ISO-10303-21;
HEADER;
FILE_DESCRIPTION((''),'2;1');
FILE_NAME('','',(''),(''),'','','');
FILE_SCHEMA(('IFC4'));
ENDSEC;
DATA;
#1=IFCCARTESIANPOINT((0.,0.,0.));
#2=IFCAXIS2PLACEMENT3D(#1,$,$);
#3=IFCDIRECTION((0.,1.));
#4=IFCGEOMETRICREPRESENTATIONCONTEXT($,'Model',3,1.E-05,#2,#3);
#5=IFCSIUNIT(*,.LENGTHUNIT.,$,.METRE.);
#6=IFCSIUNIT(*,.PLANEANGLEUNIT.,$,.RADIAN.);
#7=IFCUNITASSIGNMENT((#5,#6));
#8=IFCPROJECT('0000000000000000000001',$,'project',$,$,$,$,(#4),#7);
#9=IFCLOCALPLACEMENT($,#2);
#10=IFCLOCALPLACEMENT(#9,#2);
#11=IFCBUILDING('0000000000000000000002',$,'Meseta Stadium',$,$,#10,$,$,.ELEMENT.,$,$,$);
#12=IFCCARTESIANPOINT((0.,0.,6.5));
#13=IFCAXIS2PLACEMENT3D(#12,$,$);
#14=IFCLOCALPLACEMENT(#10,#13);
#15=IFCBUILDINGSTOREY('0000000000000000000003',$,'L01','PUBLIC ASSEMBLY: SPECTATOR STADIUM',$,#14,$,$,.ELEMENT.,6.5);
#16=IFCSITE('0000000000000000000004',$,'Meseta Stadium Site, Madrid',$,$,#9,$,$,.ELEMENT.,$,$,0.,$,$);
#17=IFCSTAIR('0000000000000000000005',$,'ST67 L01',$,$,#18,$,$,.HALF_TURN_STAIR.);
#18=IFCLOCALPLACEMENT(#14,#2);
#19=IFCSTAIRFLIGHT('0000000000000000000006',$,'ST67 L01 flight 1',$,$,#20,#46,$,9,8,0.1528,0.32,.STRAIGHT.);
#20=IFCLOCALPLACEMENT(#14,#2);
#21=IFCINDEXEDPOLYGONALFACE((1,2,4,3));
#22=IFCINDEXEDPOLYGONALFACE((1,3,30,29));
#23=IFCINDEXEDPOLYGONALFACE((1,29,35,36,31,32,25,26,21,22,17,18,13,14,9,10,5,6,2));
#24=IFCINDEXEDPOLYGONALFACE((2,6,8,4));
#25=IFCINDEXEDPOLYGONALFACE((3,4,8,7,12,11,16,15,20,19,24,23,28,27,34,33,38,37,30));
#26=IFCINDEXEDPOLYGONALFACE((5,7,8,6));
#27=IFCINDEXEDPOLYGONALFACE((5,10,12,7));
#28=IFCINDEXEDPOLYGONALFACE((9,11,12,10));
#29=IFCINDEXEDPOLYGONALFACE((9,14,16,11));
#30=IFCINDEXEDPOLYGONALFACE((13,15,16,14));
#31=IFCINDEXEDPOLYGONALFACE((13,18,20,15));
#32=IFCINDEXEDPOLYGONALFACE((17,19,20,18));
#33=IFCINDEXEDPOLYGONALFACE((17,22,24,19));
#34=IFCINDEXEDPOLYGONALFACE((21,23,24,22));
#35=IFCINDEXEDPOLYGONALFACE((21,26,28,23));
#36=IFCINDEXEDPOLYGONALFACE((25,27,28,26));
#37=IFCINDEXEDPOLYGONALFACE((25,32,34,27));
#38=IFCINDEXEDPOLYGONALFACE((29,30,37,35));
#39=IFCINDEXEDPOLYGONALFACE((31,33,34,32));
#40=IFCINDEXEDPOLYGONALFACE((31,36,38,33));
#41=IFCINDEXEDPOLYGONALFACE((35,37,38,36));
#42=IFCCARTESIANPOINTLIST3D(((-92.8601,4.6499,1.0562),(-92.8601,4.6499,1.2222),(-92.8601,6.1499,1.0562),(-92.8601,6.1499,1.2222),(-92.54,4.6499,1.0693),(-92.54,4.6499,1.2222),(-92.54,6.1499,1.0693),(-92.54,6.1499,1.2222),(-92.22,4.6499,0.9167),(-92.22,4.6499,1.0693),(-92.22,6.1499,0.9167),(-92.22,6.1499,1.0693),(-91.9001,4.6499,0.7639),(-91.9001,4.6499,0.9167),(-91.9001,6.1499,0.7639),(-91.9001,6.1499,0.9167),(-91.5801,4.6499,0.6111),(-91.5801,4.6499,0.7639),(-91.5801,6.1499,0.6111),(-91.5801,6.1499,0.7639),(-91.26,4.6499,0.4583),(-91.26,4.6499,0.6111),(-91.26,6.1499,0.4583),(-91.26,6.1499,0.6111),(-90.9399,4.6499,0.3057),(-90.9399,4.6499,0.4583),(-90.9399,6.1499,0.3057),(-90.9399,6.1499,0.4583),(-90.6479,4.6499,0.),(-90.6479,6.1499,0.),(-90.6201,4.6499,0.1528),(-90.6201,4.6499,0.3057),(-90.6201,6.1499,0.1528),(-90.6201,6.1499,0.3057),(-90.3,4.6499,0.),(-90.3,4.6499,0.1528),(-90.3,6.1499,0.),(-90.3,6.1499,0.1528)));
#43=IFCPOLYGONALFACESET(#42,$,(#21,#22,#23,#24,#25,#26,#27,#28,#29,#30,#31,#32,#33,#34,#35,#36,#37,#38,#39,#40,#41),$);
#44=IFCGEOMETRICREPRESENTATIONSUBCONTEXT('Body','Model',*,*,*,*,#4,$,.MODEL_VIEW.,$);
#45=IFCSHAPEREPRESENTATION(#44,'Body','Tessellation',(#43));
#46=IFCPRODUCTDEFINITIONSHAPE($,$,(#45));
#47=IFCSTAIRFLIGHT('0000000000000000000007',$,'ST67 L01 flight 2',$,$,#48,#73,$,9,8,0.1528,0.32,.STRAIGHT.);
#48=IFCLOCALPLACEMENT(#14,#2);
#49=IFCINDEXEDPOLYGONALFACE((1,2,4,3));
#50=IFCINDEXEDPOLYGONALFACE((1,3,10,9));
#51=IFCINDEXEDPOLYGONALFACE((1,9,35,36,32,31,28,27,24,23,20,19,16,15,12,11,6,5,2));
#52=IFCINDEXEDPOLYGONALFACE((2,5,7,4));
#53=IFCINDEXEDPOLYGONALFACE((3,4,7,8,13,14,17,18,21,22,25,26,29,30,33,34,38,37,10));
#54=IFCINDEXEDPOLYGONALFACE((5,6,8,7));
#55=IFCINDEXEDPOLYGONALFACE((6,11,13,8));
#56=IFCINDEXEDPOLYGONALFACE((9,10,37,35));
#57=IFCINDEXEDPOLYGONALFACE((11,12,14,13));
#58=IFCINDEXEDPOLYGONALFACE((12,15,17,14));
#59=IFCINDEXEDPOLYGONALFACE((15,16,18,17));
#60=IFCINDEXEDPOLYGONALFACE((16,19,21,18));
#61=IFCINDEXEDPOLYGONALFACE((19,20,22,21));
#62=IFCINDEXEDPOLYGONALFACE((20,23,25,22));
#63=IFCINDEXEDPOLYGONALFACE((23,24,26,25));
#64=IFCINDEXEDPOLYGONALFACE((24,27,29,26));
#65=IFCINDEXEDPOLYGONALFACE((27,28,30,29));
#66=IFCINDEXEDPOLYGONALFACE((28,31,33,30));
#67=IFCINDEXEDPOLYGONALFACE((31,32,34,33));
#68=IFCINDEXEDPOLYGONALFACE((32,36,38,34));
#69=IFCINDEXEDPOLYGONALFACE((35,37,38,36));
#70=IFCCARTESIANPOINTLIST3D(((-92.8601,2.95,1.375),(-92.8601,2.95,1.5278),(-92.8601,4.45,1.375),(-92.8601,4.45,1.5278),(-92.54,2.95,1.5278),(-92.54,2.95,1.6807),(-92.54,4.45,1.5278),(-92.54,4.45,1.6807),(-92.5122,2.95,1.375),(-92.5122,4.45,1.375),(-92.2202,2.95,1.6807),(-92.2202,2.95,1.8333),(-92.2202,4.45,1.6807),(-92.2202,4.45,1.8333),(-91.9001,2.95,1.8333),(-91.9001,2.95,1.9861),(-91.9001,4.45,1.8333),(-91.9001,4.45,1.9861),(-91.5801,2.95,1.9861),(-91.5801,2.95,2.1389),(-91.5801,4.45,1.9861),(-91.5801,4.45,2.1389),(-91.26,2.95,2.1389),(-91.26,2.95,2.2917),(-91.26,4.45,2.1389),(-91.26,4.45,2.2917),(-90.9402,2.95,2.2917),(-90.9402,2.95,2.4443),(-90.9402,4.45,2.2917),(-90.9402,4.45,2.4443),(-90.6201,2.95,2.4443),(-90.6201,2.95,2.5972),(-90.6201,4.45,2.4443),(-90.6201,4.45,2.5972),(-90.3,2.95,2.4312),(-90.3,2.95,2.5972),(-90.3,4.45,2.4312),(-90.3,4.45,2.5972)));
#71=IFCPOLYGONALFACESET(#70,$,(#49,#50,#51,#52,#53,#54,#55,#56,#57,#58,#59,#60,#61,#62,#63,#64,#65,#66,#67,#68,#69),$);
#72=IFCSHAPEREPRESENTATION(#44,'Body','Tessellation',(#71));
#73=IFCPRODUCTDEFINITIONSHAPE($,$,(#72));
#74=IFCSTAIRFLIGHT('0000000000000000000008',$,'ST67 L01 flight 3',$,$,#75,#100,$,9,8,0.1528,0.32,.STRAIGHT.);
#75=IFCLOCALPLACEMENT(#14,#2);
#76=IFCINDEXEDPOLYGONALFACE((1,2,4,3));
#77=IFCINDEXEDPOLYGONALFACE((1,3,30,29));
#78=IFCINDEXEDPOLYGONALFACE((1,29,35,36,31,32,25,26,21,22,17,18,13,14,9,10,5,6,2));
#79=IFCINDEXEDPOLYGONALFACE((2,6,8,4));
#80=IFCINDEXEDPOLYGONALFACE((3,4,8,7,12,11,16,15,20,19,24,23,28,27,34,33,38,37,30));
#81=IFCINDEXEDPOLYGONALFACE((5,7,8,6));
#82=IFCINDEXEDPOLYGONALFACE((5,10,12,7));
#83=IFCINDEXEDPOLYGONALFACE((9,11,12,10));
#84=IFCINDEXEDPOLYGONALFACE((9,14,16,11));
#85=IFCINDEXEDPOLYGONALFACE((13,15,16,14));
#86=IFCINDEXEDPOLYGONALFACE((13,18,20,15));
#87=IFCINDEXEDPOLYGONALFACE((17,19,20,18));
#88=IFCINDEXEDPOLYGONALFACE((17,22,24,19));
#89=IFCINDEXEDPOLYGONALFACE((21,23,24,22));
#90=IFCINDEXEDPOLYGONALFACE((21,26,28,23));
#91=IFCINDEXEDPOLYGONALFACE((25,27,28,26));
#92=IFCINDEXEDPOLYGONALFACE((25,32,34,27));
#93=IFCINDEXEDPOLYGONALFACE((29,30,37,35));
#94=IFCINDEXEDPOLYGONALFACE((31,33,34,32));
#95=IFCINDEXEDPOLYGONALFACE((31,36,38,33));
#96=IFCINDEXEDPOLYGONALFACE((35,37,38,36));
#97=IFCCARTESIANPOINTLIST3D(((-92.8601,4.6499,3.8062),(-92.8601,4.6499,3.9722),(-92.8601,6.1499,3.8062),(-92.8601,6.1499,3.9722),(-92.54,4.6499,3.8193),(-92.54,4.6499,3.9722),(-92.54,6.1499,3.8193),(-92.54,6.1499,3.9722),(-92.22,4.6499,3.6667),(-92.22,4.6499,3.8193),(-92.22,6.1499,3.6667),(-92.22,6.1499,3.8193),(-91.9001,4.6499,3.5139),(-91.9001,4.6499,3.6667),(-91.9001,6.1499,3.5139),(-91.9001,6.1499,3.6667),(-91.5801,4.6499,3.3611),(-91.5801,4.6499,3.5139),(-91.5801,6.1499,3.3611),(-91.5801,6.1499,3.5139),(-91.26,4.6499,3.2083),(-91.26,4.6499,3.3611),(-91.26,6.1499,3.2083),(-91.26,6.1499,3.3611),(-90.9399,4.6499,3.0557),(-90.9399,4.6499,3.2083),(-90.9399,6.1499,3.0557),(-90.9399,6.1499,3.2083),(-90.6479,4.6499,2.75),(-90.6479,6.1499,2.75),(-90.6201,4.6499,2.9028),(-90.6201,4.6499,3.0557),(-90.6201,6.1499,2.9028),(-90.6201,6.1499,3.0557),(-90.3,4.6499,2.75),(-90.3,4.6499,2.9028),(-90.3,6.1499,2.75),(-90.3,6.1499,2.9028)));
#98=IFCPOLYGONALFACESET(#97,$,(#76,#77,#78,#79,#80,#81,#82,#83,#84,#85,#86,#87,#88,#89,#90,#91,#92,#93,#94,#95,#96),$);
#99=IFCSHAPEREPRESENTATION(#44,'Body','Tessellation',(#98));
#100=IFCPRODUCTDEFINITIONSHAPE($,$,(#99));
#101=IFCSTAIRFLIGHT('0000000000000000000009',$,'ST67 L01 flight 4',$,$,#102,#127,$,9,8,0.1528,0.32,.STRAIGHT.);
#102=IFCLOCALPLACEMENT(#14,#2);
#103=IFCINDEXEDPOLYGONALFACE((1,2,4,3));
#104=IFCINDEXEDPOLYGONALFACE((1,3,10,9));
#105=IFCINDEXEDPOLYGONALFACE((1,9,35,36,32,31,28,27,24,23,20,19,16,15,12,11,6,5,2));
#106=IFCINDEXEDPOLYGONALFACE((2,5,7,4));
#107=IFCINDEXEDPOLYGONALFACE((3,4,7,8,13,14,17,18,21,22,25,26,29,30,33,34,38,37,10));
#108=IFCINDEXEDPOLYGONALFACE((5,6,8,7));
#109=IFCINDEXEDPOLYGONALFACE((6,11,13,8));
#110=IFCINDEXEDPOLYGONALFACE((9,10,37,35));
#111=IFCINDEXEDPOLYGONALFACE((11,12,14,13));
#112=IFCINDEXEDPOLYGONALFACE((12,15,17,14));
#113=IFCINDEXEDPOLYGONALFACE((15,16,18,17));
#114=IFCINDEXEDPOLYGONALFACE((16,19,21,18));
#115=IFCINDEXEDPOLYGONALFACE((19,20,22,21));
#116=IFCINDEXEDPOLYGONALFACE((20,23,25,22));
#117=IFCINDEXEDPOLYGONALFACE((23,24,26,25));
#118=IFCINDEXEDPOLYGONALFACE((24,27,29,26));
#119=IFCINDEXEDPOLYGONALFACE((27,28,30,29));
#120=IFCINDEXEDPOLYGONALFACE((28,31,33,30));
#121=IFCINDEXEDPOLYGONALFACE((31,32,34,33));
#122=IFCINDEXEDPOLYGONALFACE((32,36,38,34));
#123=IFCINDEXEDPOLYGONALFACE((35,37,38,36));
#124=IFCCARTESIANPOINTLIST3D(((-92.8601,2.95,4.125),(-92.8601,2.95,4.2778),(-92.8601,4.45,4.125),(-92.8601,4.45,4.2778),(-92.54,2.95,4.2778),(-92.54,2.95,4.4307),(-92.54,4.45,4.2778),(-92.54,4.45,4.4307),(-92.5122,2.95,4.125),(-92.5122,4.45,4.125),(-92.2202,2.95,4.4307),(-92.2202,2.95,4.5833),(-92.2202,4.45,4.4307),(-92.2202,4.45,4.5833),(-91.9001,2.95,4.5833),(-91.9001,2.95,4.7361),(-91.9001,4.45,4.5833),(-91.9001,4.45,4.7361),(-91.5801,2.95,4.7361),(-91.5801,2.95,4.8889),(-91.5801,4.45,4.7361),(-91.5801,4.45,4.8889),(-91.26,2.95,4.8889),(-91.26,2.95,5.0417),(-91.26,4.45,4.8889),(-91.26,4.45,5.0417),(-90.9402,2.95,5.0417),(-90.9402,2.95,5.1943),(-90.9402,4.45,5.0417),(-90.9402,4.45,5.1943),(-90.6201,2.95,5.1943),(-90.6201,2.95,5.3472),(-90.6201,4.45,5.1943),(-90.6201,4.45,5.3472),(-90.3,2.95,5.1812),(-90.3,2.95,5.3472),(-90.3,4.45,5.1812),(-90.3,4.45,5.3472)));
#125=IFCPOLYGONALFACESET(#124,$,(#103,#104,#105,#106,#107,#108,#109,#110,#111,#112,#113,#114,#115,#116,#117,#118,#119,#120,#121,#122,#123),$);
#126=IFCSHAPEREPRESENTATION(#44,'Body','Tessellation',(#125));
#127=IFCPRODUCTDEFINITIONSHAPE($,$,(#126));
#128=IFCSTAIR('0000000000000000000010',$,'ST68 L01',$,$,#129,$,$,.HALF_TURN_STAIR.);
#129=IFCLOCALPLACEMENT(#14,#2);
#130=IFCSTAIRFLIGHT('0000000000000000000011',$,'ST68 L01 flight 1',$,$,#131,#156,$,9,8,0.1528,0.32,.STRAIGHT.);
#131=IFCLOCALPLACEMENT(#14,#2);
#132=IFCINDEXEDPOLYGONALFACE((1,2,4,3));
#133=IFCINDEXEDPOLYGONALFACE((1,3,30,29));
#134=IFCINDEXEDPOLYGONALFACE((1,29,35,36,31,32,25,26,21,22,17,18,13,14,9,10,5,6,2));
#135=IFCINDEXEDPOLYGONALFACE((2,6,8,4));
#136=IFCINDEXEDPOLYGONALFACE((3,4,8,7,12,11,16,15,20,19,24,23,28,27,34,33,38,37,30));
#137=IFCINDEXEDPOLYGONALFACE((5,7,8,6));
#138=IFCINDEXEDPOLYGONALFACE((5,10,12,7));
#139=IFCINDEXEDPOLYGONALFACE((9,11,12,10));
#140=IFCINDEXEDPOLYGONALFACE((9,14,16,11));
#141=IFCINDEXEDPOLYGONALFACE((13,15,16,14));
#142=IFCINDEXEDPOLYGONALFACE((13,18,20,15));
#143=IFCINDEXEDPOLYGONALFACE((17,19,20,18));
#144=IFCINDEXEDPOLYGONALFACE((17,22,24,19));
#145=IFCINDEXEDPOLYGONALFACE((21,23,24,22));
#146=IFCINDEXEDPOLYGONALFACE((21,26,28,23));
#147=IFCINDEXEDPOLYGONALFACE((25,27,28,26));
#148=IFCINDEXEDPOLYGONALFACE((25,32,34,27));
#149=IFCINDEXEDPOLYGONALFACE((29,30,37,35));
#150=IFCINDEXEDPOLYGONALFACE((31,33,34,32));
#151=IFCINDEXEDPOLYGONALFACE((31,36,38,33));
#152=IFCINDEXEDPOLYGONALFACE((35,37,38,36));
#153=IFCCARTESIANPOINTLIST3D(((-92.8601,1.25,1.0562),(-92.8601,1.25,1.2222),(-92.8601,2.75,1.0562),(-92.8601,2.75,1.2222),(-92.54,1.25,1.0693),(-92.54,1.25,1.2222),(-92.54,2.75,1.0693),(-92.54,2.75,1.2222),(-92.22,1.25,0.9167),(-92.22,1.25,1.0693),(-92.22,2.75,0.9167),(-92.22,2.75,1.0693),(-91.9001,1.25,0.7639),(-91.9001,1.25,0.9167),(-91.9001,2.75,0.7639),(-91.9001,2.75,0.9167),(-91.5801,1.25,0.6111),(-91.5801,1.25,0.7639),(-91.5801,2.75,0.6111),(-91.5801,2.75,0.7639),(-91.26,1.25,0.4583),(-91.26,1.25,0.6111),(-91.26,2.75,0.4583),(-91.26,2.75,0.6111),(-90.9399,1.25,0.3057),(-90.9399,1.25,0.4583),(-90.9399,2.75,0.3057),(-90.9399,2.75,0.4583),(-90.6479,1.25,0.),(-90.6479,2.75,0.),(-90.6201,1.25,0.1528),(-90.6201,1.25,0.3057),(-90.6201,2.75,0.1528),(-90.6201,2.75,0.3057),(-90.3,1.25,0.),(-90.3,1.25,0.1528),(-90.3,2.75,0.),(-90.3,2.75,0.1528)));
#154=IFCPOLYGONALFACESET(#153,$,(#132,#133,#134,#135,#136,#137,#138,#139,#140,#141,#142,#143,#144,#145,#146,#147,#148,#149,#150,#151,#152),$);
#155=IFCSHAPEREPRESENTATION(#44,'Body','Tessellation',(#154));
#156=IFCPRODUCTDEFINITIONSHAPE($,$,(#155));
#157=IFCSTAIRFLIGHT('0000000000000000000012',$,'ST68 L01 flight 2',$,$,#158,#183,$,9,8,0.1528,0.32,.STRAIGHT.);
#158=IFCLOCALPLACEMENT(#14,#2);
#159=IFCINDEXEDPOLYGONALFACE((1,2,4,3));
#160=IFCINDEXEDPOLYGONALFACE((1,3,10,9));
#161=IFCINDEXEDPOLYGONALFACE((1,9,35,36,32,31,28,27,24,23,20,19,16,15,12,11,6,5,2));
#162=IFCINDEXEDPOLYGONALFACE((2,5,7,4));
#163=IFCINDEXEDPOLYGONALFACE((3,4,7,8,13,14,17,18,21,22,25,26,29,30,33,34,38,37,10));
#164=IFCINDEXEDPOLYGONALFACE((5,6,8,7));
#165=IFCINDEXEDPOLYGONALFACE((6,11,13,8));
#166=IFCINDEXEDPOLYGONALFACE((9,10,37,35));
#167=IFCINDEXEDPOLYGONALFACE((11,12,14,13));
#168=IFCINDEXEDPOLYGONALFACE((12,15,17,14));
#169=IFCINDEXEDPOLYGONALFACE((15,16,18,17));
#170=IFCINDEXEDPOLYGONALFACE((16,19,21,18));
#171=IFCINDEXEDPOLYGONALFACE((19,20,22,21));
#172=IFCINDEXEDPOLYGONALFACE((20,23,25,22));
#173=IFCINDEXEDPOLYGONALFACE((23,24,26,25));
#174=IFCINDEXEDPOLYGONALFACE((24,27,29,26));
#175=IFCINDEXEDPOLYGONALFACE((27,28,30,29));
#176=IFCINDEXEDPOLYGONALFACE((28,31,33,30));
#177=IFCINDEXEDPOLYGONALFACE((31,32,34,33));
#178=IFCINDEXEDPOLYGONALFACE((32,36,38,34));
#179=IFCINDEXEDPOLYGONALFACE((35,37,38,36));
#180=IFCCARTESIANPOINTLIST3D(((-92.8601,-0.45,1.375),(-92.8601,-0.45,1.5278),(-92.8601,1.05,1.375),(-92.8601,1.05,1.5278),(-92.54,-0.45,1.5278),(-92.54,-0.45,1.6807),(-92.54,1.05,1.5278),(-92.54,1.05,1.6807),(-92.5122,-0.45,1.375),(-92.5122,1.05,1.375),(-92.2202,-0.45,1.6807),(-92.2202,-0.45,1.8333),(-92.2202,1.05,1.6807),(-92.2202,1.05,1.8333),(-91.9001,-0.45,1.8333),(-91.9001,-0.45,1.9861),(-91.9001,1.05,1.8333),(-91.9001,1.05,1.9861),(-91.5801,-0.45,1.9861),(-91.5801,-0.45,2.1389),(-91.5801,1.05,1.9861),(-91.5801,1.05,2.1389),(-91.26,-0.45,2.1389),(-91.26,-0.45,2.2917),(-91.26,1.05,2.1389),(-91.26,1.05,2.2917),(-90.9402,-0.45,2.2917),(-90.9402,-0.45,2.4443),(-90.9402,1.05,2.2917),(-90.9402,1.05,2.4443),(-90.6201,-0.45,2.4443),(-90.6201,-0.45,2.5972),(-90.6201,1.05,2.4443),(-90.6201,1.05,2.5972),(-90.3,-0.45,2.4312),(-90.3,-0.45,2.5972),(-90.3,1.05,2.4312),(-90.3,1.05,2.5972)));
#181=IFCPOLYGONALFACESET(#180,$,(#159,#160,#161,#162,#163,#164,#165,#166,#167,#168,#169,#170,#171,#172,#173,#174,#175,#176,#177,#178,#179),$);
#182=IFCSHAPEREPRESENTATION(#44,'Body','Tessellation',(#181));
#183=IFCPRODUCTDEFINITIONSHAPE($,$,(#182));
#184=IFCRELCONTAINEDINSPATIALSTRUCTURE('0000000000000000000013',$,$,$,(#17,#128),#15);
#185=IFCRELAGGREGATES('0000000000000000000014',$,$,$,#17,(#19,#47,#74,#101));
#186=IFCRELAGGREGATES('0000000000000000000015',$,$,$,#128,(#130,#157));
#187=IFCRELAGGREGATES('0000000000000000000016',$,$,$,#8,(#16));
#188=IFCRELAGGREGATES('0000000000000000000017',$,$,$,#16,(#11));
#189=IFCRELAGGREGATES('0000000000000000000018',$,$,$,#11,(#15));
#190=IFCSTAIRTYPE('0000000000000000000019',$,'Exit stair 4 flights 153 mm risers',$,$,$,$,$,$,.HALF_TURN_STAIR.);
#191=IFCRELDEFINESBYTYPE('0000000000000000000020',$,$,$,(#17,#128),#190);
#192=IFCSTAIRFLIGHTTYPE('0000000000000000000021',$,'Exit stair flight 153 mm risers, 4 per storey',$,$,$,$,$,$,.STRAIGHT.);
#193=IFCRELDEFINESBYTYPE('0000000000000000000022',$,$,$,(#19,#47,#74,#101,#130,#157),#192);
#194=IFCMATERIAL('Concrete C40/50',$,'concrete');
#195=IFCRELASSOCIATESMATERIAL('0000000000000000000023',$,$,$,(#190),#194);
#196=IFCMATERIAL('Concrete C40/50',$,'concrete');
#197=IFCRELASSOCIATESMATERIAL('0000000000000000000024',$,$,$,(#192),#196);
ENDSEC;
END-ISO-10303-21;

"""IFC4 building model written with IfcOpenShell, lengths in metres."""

from ifc_helpers import new_model, si_unit, direction, frame, origin, place, context, subcontext, project, spatial, polyline, outline, extrude, material, type_object, element, aggregate, save


model = new_model("IFC4")

# Units and contexts
model_context = context("Model", 3, precision=1e-05, world=origin(), true_north=direction((0.0, 1.0)))
body_context = subcontext(model_context, "Body", "Model", "MODEL_VIEW")
ifc_project = project(units=[si_unit("LENGTHUNIT", "METRE"), si_unit("PLANEANGLEUNIT", "RADIAN")], contexts=[model_context])

# Site, building, storey
site_placement = place(None, origin())
site = spatial("IfcSite", under=ifc_project, at=site_placement, Name="Meseta Stadium Site, Madrid", CompositionType="ELEMENT", RefElevation=0.0)
building_placement = place(site_placement, origin())
building = spatial("IfcBuilding", under=site, at=building_placement, Name="Meseta Stadium", CompositionType="ELEMENT")
storey_placement = place(building_placement, frame((0.0, 0.0, 6.5)))
storey = spatial("IfcBuildingStorey", under=building, at=storey_placement, Name="L01", Description="PUBLIC ASSEMBLY: SPECTATOR STADIUM", CompositionType="ELEMENT", Elevation=6.5)

# Stairs, stair flights
ifc_material_1 = material(Name="Concrete C40/50", Category="concrete")
stair_type = type_object("IfcStairType", Name="Exit stair 4 flights 153 mm risers", PredefinedType="HALF_TURN_STAIR", material=ifc_material_1)
stair_1_placement = place(storey_placement, origin())
stair_1 = element("IfcStair", 1, at=stair_1_placement, inside=storey, type_object=stair_type, Name="ST67 L01", PredefinedType="HALF_TURN_STAIR")
ifc_material_2 = material(Name="Concrete C40/50", Category="concrete")
stair_flight_type = type_object("IfcStairFlightType", Name="Exit stair flight 153 mm risers, 4 per storey", PredefinedType="STRAIGHT", material=ifc_material_2)
stair_flight_1_placement = place(storey_placement, frame((-90.3, 5.3999, 0.0), z_axis=(0.0, 0.0, 1.0), x_axis=(-1.0, 0.0, 0.0)))
stair_flight_1 = element("IfcStairFlight", 2, at=stair_flight_1_placement, type_object=stair_flight_type, Name="ST67 L01 flight 1", NumberOfRisers=9, NumberOfTreads=8, PredefinedType="STRAIGHT", RiserHeight=0.1528, TreadLength=0.32, context=body_context, shape_type="SweptSolid", body=[
    extrude(outline(polyline([(0.0, 0.0), (0.0, 0.1528), (0.3201, 0.1528), (0.3201, 0.3057), (0.6399, 0.3057), (0.6399, 0.4583), (0.96, 0.4583), (0.96, 0.6111), (1.28, 0.6111), (1.28, 0.7639), (1.6001, 0.7639), (1.6001, 0.9167), (1.9199, 0.9167), (1.9199, 1.0693), (2.24, 1.0693), (2.24, 1.2222), (2.5601, 1.2222), (2.5601, 1.0562), (0.3479, 0.0), (0.0, 0.0)])), frame((0.0, 0.75, 0.0), z_axis=(0.0, -1.0, 0.0), x_axis=(1.0, 0.0, 0.0)), (0.0, 0.0, 1.0), 1.5),
])
stair_flight_2_placement = place(storey_placement, frame((-92.8601, 3.7, 1.375), z_axis=(0.0, 0.0, 1.0), x_axis=(1.0, 0.0, 0.0)))
stair_flight_2 = element("IfcStairFlight", 3, at=stair_flight_2_placement, type_object=stair_flight_type, Name="ST67 L01 flight 2", NumberOfRisers=9, NumberOfTreads=8, PredefinedType="STRAIGHT", RiserHeight=0.1528, TreadLength=0.32, context=body_context, shape_type="SweptSolid", body=[
    extrude(outline(polyline([(0.0, 0.0), (0.0, 0.1528), (0.3201, 0.1528), (0.3201, 0.3057), (0.6399, 0.3057), (0.6399, 0.4583), (0.96, 0.4583), (0.96, 0.6111), (1.28, 0.6111), (1.28, 0.7639), (1.6001, 0.7639), (1.6001, 0.9167), (1.9199, 0.9167), (1.9199, 1.0693), (2.24, 1.0693), (2.24, 1.2222), (2.5601, 1.2222), (2.5601, 1.0562), (0.3479, 0.0), (0.0, 0.0)])), frame((0.0, 0.75, 0.0), z_axis=(0.0, -1.0, 0.0), x_axis=(1.0, 0.0, 0.0)), (0.0, 0.0, 1.0), 1.5),
])
stair_flight_3_placement = place(storey_placement, frame((-90.3, 5.3999, 2.75), z_axis=(0.0, 0.0, 1.0), x_axis=(-1.0, 0.0, 0.0)))
stair_flight_3 = element("IfcStairFlight", 4, at=stair_flight_3_placement, type_object=stair_flight_type, Name="ST67 L01 flight 3", NumberOfRisers=9, NumberOfTreads=8, PredefinedType="STRAIGHT", RiserHeight=0.1528, TreadLength=0.32, context=body_context, shape_type="SweptSolid", body=[
    extrude(outline(polyline([(0.0, 0.0), (0.0, 0.1528), (0.3201, 0.1528), (0.3201, 0.3057), (0.6399, 0.3057), (0.6399, 0.4583), (0.96, 0.4583), (0.96, 0.6111), (1.28, 0.6111), (1.28, 0.7639), (1.6001, 0.7639), (1.6001, 0.9167), (1.9199, 0.9167), (1.9199, 1.0693), (2.24, 1.0693), (2.24, 1.2222), (2.5601, 1.2222), (2.5601, 1.0562), (0.3479, 0.0), (0.0, 0.0)])), frame((0.0, 0.75, 0.0), z_axis=(0.0, -1.0, 0.0), x_axis=(1.0, 0.0, 0.0)), (0.0, 0.0, 1.0), 1.5),
])
stair_flight_4_placement = place(storey_placement, frame((-92.8601, 3.7, 4.125), z_axis=(0.0, 0.0, 1.0), x_axis=(1.0, 0.0, 0.0)))
stair_flight_4 = element("IfcStairFlight", 5, at=stair_flight_4_placement, type_object=stair_flight_type, Name="ST67 L01 flight 4", NumberOfRisers=9, NumberOfTreads=8, PredefinedType="STRAIGHT", RiserHeight=0.1528, TreadLength=0.32, context=body_context, shape_type="SweptSolid", body=[
    extrude(outline(polyline([(0.0, 0.0), (0.0, 0.1528), (0.3201, 0.1528), (0.3201, 0.3057), (0.6399, 0.3057), (0.6399, 0.4583), (0.96, 0.4583), (0.96, 0.6111), (1.28, 0.6111), (1.28, 0.7639), (1.6001, 0.7639), (1.6001, 0.9167), (1.9199, 0.9167), (1.9199, 1.0693), (2.24, 1.0693), (2.24, 1.2222), (2.5601, 1.2222), (2.5601, 1.0562), (0.3479, 0.0), (0.0, 0.0)])), frame((0.0, 0.75, 0.0), z_axis=(0.0, -1.0, 0.0), x_axis=(1.0, 0.0, 0.0)), (0.0, 0.0, 1.0), 1.5),
])
aggregate(stair_1, [stair_flight_1, stair_flight_2, stair_flight_3, stair_flight_4])
stair_2_placement = place(storey_placement, origin())
stair_2 = element("IfcStair", 6, at=stair_2_placement, inside=storey, type_object=stair_type, Name="ST68 L01", PredefinedType="HALF_TURN_STAIR")
stair_flight_5_placement = place(storey_placement, frame((-90.3, 2.0, 0.0), z_axis=(0.0, 0.0, 1.0), x_axis=(-1.0, 0.0, 0.0)))
stair_flight_5 = element("IfcStairFlight", 7, at=stair_flight_5_placement, type_object=stair_flight_type, Name="ST68 L01 flight 1", NumberOfRisers=9, NumberOfTreads=8, PredefinedType="STRAIGHT", RiserHeight=0.1528, TreadLength=0.32, context=body_context, shape_type="SweptSolid", body=[
    extrude(outline(polyline([(0.0, 0.0), (0.0, 0.1528), (0.3201, 0.1528), (0.3201, 0.3057), (0.6399, 0.3057), (0.6399, 0.4583), (0.96, 0.4583), (0.96, 0.6111), (1.28, 0.6111), (1.28, 0.7639), (1.6001, 0.7639), (1.6001, 0.9167), (1.9199, 0.9167), (1.9199, 1.0693), (2.24, 1.0693), (2.24, 1.2222), (2.5601, 1.2222), (2.5601, 1.0562), (0.3479, 0.0), (0.0, 0.0)])), frame((0.0, 0.75, 0.0), z_axis=(0.0, -1.0, 0.0), x_axis=(1.0, 0.0, 0.0)), (0.0, 0.0, 1.0), 1.5),
])
stair_flight_6_placement = place(storey_placement, frame((-92.8601, 0.3, 1.375), z_axis=(0.0, 0.0, 1.0), x_axis=(1.0, 0.0, 0.0)))
stair_flight_6 = element("IfcStairFlight", 8, at=stair_flight_6_placement, type_object=stair_flight_type, Name="ST68 L01 flight 2", NumberOfRisers=9, NumberOfTreads=8, PredefinedType="STRAIGHT", RiserHeight=0.1528, TreadLength=0.32, context=body_context, shape_type="SweptSolid", body=[
    extrude(outline(polyline([(0.0, 0.0), (0.0, 0.1528), (0.3201, 0.1528), (0.3201, 0.3057), (0.6399, 0.3057), (0.6399, 0.4583), (0.96, 0.4583), (0.96, 0.6111), (1.28, 0.6111), (1.28, 0.7639), (1.6001, 0.7639), (1.6001, 0.9167), (1.9199, 0.9167), (1.9199, 1.0693), (2.24, 1.0693), (2.24, 1.2222), (2.5601, 1.2222), (2.5601, 1.0562), (0.3479, 0.0), (0.0, 0.0)])), frame((0.0, 0.75, 0.0), z_axis=(0.0, -1.0, 0.0), x_axis=(1.0, 0.0, 0.0)), (0.0, 0.0, 1.0), 1.5),
])
aggregate(stair_2, [stair_flight_5, stair_flight_6])

save(model, "model.ifc")
